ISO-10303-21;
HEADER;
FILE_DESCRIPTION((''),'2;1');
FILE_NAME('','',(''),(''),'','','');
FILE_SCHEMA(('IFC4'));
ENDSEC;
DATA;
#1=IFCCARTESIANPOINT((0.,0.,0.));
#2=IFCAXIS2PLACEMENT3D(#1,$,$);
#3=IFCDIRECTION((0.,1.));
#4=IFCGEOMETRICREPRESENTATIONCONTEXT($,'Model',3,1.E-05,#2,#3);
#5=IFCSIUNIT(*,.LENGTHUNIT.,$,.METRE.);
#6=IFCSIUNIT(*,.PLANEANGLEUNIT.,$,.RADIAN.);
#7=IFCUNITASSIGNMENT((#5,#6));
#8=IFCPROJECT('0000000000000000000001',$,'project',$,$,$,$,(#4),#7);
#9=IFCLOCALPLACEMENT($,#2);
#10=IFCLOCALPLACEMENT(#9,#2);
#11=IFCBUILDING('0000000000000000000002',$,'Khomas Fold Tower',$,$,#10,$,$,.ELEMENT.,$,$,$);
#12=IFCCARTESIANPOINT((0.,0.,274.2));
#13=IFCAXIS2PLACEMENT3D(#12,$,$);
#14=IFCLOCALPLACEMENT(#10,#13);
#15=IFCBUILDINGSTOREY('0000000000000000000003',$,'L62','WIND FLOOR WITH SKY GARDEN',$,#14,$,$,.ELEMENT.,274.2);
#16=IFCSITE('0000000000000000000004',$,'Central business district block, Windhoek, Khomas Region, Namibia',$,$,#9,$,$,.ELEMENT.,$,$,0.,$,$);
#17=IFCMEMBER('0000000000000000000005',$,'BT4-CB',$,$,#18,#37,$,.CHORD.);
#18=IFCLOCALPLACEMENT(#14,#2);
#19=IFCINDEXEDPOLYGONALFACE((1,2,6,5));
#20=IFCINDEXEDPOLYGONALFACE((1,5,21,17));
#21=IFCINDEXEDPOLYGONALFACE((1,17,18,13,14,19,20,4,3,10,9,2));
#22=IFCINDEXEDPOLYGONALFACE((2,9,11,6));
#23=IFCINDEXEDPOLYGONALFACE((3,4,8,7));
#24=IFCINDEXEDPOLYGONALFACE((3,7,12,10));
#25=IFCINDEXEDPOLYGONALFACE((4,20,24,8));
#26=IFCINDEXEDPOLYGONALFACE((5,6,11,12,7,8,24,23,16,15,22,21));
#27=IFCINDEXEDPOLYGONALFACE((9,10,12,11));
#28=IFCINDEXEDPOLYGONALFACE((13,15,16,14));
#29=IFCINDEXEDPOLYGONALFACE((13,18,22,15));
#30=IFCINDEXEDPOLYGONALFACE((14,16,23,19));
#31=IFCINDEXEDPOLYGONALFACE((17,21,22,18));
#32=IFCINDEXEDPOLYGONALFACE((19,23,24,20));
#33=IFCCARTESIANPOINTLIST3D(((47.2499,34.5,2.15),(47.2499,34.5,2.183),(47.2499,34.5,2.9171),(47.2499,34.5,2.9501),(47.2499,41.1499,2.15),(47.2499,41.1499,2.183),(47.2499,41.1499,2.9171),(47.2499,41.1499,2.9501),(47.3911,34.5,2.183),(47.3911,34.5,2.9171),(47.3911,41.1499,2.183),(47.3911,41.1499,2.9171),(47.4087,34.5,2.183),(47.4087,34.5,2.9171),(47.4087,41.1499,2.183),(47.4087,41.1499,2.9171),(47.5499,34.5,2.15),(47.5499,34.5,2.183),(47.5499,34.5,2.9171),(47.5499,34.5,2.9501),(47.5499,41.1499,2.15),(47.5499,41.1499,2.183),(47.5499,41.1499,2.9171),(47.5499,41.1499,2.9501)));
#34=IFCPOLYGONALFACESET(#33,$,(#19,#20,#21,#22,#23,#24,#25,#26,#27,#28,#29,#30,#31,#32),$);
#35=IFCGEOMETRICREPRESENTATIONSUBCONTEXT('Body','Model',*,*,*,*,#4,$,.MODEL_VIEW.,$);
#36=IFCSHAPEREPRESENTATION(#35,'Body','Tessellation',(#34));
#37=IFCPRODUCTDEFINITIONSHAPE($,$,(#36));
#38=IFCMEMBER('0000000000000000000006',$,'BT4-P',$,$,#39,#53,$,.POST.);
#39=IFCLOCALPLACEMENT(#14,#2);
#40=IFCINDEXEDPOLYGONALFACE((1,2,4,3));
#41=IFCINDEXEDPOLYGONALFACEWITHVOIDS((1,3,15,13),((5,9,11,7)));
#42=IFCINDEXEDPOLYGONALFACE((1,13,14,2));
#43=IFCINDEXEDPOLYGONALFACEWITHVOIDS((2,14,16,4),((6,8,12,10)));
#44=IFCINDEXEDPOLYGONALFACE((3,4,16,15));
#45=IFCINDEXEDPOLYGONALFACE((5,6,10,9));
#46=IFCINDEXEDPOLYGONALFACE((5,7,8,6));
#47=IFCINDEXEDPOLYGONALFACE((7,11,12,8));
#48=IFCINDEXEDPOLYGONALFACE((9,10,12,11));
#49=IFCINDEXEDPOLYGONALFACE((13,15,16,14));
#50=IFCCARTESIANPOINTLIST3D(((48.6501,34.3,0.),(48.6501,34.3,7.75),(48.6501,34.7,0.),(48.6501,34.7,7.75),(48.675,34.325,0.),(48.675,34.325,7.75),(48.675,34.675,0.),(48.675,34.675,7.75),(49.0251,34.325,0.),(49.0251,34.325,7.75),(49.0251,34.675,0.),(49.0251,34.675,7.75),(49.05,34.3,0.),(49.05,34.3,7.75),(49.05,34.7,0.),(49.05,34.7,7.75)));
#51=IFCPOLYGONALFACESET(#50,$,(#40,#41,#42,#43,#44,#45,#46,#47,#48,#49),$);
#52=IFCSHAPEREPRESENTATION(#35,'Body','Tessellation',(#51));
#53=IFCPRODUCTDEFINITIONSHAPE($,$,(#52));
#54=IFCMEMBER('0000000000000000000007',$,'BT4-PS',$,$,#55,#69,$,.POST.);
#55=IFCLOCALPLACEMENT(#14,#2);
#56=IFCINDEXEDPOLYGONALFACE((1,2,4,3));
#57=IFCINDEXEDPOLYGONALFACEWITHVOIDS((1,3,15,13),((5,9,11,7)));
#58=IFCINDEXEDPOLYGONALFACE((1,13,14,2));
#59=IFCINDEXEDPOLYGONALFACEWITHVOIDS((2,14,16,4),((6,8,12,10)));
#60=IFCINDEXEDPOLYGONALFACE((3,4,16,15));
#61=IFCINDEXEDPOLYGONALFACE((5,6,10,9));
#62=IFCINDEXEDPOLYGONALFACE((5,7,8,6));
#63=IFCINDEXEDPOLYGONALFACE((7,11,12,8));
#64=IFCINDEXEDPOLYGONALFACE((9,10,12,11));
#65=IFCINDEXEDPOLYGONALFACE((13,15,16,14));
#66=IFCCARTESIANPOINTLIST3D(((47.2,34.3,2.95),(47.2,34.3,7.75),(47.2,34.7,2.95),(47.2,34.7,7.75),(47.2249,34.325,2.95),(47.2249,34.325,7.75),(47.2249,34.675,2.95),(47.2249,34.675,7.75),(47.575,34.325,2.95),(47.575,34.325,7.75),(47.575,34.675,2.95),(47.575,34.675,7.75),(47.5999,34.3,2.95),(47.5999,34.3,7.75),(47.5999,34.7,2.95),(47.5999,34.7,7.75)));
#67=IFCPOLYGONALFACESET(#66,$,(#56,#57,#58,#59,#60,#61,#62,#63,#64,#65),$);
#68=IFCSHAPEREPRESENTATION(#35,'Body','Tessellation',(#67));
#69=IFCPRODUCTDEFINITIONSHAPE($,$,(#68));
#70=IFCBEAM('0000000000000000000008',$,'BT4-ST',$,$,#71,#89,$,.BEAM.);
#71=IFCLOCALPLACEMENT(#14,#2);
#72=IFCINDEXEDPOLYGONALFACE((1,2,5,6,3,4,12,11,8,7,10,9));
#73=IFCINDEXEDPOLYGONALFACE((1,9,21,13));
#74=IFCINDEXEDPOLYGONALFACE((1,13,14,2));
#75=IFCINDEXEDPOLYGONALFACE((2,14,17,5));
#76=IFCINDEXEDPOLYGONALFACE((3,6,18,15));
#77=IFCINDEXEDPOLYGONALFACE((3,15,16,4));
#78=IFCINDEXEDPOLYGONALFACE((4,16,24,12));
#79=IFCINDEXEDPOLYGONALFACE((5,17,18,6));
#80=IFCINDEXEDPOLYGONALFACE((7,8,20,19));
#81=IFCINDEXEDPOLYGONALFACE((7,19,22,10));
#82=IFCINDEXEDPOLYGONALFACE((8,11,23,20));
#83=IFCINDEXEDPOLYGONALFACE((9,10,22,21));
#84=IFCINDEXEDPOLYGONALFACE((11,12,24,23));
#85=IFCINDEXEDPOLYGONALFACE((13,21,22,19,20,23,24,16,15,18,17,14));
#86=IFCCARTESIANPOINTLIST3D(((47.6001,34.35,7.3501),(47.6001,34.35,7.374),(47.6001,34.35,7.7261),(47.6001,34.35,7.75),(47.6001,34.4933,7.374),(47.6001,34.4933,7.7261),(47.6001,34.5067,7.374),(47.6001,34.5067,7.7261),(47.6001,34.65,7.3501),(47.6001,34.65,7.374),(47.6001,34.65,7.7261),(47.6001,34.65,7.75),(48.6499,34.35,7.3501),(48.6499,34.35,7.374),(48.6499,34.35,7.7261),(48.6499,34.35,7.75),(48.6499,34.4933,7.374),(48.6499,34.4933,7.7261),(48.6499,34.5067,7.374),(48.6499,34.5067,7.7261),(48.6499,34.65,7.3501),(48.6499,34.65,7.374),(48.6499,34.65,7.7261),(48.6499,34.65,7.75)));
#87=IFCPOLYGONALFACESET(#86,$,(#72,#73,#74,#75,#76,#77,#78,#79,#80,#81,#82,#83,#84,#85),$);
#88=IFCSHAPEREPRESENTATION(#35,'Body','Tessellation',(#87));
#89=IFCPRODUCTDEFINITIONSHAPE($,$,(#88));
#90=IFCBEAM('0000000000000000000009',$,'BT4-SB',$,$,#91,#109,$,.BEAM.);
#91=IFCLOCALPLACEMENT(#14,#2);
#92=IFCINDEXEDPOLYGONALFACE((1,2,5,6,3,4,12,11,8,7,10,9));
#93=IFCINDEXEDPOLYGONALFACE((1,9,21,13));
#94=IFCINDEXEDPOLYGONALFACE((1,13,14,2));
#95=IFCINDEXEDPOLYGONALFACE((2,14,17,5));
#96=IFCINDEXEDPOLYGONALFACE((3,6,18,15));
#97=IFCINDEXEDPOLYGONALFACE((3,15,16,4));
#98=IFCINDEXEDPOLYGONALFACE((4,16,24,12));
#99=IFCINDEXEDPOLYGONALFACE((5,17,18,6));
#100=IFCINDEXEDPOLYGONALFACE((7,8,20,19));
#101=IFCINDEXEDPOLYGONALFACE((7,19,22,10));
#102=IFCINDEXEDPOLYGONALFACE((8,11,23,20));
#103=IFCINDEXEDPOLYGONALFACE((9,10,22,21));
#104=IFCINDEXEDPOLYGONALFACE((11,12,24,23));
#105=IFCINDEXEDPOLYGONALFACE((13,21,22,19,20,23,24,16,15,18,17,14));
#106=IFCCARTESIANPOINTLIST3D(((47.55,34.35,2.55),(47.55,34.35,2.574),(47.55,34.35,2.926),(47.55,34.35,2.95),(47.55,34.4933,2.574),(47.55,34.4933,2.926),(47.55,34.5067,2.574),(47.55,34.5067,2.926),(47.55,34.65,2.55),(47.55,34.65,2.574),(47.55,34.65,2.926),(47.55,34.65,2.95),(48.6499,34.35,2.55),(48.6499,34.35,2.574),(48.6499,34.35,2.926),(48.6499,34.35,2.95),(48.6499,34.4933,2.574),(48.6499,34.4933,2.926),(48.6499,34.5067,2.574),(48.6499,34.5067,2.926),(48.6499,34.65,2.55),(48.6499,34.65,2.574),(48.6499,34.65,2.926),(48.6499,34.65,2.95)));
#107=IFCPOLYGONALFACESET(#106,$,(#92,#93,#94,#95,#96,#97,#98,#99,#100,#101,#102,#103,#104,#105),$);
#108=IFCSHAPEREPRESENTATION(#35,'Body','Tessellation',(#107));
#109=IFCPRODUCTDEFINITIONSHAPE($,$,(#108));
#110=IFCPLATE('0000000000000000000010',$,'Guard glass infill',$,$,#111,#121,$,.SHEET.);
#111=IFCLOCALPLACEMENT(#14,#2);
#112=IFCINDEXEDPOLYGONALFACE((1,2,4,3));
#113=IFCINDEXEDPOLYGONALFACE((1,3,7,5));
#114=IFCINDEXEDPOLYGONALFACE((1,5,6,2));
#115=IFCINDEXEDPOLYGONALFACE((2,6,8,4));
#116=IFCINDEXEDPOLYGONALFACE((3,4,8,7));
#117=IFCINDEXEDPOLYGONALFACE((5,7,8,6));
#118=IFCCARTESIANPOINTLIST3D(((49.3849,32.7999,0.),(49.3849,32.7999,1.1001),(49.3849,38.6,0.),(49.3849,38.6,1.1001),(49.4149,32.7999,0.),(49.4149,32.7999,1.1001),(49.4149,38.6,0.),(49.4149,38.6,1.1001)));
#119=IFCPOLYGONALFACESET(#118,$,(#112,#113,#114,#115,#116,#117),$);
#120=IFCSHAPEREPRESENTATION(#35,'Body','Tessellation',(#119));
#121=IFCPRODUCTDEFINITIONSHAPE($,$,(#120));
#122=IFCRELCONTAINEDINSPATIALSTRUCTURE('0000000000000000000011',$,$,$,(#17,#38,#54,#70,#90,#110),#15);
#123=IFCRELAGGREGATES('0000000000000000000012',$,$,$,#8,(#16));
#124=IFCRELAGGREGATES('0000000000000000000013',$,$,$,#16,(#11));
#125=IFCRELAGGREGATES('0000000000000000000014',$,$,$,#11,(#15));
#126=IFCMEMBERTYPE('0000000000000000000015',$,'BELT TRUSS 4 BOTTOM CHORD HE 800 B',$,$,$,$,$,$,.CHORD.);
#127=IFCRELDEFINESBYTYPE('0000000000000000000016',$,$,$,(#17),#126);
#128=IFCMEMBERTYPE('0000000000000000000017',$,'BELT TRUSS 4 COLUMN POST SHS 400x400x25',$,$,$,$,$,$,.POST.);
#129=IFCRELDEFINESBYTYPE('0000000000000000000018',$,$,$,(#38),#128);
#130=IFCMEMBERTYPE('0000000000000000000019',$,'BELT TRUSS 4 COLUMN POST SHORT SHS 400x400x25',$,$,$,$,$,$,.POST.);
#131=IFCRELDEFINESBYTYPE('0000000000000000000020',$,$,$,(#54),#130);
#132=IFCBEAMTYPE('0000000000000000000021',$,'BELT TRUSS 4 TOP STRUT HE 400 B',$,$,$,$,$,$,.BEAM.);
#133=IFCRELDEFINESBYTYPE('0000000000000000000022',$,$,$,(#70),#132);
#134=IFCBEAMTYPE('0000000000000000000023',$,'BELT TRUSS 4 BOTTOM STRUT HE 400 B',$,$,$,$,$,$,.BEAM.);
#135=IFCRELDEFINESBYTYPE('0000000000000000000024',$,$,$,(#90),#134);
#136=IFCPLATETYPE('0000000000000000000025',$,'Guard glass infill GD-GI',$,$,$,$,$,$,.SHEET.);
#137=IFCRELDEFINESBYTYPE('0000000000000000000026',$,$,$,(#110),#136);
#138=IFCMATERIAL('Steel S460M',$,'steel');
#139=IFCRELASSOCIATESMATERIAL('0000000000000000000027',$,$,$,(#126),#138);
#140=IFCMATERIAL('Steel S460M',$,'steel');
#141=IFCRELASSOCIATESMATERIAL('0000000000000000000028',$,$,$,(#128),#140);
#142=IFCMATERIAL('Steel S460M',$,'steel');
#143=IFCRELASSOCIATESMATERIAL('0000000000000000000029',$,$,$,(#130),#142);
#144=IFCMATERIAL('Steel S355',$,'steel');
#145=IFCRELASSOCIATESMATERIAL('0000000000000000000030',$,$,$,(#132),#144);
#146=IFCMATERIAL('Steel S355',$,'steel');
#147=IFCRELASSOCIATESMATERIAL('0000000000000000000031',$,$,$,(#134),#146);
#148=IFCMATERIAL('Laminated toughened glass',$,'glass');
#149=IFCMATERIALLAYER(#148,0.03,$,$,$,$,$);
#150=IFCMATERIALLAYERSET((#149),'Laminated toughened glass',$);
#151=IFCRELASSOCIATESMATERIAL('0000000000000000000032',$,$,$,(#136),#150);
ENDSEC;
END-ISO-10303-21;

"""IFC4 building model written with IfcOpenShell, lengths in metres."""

from ifc_helpers import new_model, si_unit, direction, frame, origin, origin_2d, place, context, subcontext, project, spatial, rectangle, hollow_rectangle, i_section, extrude, source, transform, mapped, material, layer, layer_set, material_profile, profile_set, type_object, element, save


model = new_model("IFC4")

# Units and contexts
model_context = context("Model", 3, precision=1e-05, world=origin(), true_north=direction((0.0, 1.0)))
body_context = subcontext(model_context, "Body", "Model", "MODEL_VIEW")
ifc_project = project(units=[si_unit("LENGTHUNIT", "METRE"), si_unit("PLANEANGLEUNIT", "RADIAN")], contexts=[model_context])

# Site, building, storey
site_placement = place(None, origin())
site = spatial("IfcSite", under=ifc_project, at=site_placement, Name="Central business district block, Windhoek, Khomas Region, Namibia", CompositionType="ELEMENT", RefElevation=0.0)
building_placement = place(site_placement, origin())
building = spatial("IfcBuilding", under=site, at=building_placement, Name="Khomas Fold Tower", CompositionType="ELEMENT")
storey_placement = place(building_placement, frame((0.0, 0.0, 274.2)))
storey = spatial("IfcBuildingStorey", under=building, at=storey_placement, Name="L62", Description="WIND FLOOR WITH SKY GARDEN", CompositionType="ELEMENT", Elevation=274.2)

# Members
ifc_material_1 = material(Name="Steel S460M", Category="steel")
ifc_material_profile_1 = material_profile(ifc_material_1, i_section(OverallWidth=0.3, OverallDepth=0.8, WebThickness=0.0176, FlangeThickness=0.033, at=origin_2d()), Name="HE 800 B")
ifc_profile_set_1 = profile_set([ifc_material_profile_1], Name="Steel S460M")
member_type_1 = type_object("IfcMemberType", Name="BELT TRUSS 4 BOTTOM CHORD HE 800 B", PredefinedType="CHORD", material=ifc_profile_set_1)
shared_shape_1 = source(origin(), body_context, "Body", "SweptSolid", [
    extrude(i_section(OverallWidth=0.3, OverallDepth=0.8, WebThickness=0.0176, FlangeThickness=0.033, at=origin_2d()), origin(), (0.0, 0.0, 1.0), 6.6499),
])
member_1_placement = place(storey_placement, frame((47.3999, 34.5, 2.55), z_axis=(0.0, 1.0, 0.0), x_axis=(-1.0, 0.0, 0.0)))
element("IfcMember", 1, at=member_1_placement, inside=storey, type_object=member_type_1, Name="BT4-CB", PredefinedType="CHORD", context=body_context, shape_type="MappedRepresentation", body=[
    mapped(shared_shape_1, transform((0.0, 0.0, 0.0))),
])
ifc_material_2 = material(Name="Steel S460M", Category="steel")
ifc_material_profile_2 = material_profile(ifc_material_2, hollow_rectangle(XDim=0.3999, YDim=0.3999, WallThickness=0.0249, at=origin_2d()), Name="SHS 400x400x25")
ifc_profile_set_2 = profile_set([ifc_material_profile_2], Name="Steel S460M")
member_type_2 = type_object("IfcMemberType", Name="BELT TRUSS 4 COLUMN POST SHS 400x400x25", PredefinedType="POST", material=ifc_profile_set_2)
shared_shape_2 = source(origin(), body_context, "Body", "SweptSolid", [
    extrude(hollow_rectangle(XDim=0.3999, YDim=0.3999, WallThickness=0.0249, at=origin_2d()), origin(), (0.0, 0.0, 1.0), 7.75),
])
member_2_placement = place(storey_placement, frame((48.8501, 34.5, 0.0), z_axis=(0.0, 0.0, 1.0), x_axis=(1.0, 0.0, 0.0)))
element("IfcMember", 2, at=member_2_placement, inside=storey, type_object=member_type_2, Name="BT4-P", PredefinedType="POST", context=body_context, shape_type="MappedRepresentation", body=[
    mapped(shared_shape_2, transform((0.0, 0.0, 0.0))),
])
ifc_material_3 = material(Name="Steel S460M", Category="steel")
ifc_material_profile_3 = material_profile(ifc_material_3, hollow_rectangle(XDim=0.3999, YDim=0.3999, WallThickness=0.0249, at=origin_2d()), Name="SHS 400x400x25")
ifc_profile_set_3 = profile_set([ifc_material_profile_3], Name="Steel S460M")
member_type_3 = type_object("IfcMemberType", Name="BELT TRUSS 4 COLUMN POST SHORT SHS 400x400x25", PredefinedType="POST", material=ifc_profile_set_3)
shared_shape_3 = source(origin(), body_context, "Body", "SweptSolid", [
    extrude(hollow_rectangle(XDim=0.3999, YDim=0.3999, WallThickness=0.0249, at=origin_2d()), origin(), (0.0, 0.0, 1.0), 4.8),
])
member_3_placement = place(storey_placement, frame((47.3999, 34.5, 2.95), z_axis=(0.0, 0.0, 1.0), x_axis=(1.0, 0.0, 0.0)))
element("IfcMember", 3, at=member_3_placement, inside=storey, type_object=member_type_3, Name="BT4-PS", PredefinedType="POST", context=body_context, shape_type="MappedRepresentation", body=[
    mapped(shared_shape_3, transform((0.0, 0.0, 0.0))),
])

# Beams
ifc_material_4 = material(Name="Steel S355", Category="steel")
ifc_material_profile_4 = material_profile(ifc_material_4, i_section(OverallWidth=0.3, OverallDepth=0.3999, WebThickness=0.0134, FlangeThickness=0.0239, at=origin_2d()), Name="HE 400 B")
ifc_profile_set_4 = profile_set([ifc_material_profile_4], Name="Steel S355")
beam_type_1 = type_object("IfcBeamType", Name="BELT TRUSS 4 TOP STRUT HE 400 B", PredefinedType="BEAM", material=ifc_profile_set_4)
shared_shape_4 = source(origin(), body_context, "Body", "SweptSolid", [
    extrude(i_section(OverallWidth=0.3, OverallDepth=0.3999, WebThickness=0.0134, FlangeThickness=0.0239, at=origin_2d()), origin(), (0.0, 0.0, 1.0), 1.0498),
])
beam_1_placement = place(storey_placement, frame((47.6001, 34.5, 7.55), z_axis=(1.0, 0.0, 0.0), x_axis=(0.0, 1.0, 0.0)))
element("IfcBeam", 4, at=beam_1_placement, inside=storey, type_object=beam_type_1, Name="BT4-ST", PredefinedType="BEAM", context=body_context, shape_type="MappedRepresentation", body=[
    mapped(shared_shape_4, transform((0.0, 0.0, 0.0))),
])
ifc_material_5 = material(Name="Steel S355", Category="steel")
ifc_material_profile_5 = material_profile(ifc_material_5, i_section(OverallWidth=0.3, OverallDepth=0.3999, WebThickness=0.0134, FlangeThickness=0.0239, at=origin_2d()), Name="HE 400 B")
ifc_profile_set_5 = profile_set([ifc_material_profile_5], Name="Steel S355")
beam_type_2 = type_object("IfcBeamType", Name="BELT TRUSS 4 BOTTOM STRUT HE 400 B", PredefinedType="BEAM", material=ifc_profile_set_5)
shared_shape_5 = source(origin(), body_context, "Body", "SweptSolid", [
    extrude(i_section(OverallWidth=0.3, OverallDepth=0.3999, WebThickness=0.0134, FlangeThickness=0.0239, at=origin_2d()), origin(), (0.0, 0.0, 1.0), 1.0999),
])
beam_2_placement = place(storey_placement, frame((47.55, 34.5, 2.75), z_axis=(1.0, 0.0, 0.0), x_axis=(0.0, 1.0, 0.0)))
element("IfcBeam", 5, at=beam_2_placement, inside=storey, type_object=beam_type_2, Name="BT4-SB", PredefinedType="BEAM", context=body_context, shape_type="MappedRepresentation", body=[
    mapped(shared_shape_5, transform((0.0, 0.0, 0.0))),
])

# Plate
ifc_material_6 = material(Name="Laminated toughened glass", Category="glass")
ifc_layer_1 = layer(ifc_material_6, 0.03)
ifc_layer_set_1 = layer_set([ifc_layer_1], Name="Laminated toughened glass")
plate_type = type_object("IfcPlateType", Name="Guard glass infill GD-GI", PredefinedType="SHEET", material=ifc_layer_set_1)
shared_shape_6 = source(origin(), body_context, "Body", "SweptSolid", [
    extrude(rectangle(XDim=5.8, YDim=0.03, at=origin_2d()), origin(), (0.0, 0.0, 1.0), 1.1001),
])
plate_placement = place(storey_placement, frame((49.3999, 35.7, 0.0), z_axis=(0.0, 0.0, 1.0), x_axis=(0.0, -1.0, 0.0)))
element("IfcPlate", 6, at=plate_placement, inside=storey, type_object=plate_type, Name="Guard glass infill", PredefinedType="SHEET", context=body_context, shape_type="MappedRepresentation", body=[
    mapped(shared_shape_6, transform((0.0, 0.0, 0.0))),
])

save(model, "model.ifc")
